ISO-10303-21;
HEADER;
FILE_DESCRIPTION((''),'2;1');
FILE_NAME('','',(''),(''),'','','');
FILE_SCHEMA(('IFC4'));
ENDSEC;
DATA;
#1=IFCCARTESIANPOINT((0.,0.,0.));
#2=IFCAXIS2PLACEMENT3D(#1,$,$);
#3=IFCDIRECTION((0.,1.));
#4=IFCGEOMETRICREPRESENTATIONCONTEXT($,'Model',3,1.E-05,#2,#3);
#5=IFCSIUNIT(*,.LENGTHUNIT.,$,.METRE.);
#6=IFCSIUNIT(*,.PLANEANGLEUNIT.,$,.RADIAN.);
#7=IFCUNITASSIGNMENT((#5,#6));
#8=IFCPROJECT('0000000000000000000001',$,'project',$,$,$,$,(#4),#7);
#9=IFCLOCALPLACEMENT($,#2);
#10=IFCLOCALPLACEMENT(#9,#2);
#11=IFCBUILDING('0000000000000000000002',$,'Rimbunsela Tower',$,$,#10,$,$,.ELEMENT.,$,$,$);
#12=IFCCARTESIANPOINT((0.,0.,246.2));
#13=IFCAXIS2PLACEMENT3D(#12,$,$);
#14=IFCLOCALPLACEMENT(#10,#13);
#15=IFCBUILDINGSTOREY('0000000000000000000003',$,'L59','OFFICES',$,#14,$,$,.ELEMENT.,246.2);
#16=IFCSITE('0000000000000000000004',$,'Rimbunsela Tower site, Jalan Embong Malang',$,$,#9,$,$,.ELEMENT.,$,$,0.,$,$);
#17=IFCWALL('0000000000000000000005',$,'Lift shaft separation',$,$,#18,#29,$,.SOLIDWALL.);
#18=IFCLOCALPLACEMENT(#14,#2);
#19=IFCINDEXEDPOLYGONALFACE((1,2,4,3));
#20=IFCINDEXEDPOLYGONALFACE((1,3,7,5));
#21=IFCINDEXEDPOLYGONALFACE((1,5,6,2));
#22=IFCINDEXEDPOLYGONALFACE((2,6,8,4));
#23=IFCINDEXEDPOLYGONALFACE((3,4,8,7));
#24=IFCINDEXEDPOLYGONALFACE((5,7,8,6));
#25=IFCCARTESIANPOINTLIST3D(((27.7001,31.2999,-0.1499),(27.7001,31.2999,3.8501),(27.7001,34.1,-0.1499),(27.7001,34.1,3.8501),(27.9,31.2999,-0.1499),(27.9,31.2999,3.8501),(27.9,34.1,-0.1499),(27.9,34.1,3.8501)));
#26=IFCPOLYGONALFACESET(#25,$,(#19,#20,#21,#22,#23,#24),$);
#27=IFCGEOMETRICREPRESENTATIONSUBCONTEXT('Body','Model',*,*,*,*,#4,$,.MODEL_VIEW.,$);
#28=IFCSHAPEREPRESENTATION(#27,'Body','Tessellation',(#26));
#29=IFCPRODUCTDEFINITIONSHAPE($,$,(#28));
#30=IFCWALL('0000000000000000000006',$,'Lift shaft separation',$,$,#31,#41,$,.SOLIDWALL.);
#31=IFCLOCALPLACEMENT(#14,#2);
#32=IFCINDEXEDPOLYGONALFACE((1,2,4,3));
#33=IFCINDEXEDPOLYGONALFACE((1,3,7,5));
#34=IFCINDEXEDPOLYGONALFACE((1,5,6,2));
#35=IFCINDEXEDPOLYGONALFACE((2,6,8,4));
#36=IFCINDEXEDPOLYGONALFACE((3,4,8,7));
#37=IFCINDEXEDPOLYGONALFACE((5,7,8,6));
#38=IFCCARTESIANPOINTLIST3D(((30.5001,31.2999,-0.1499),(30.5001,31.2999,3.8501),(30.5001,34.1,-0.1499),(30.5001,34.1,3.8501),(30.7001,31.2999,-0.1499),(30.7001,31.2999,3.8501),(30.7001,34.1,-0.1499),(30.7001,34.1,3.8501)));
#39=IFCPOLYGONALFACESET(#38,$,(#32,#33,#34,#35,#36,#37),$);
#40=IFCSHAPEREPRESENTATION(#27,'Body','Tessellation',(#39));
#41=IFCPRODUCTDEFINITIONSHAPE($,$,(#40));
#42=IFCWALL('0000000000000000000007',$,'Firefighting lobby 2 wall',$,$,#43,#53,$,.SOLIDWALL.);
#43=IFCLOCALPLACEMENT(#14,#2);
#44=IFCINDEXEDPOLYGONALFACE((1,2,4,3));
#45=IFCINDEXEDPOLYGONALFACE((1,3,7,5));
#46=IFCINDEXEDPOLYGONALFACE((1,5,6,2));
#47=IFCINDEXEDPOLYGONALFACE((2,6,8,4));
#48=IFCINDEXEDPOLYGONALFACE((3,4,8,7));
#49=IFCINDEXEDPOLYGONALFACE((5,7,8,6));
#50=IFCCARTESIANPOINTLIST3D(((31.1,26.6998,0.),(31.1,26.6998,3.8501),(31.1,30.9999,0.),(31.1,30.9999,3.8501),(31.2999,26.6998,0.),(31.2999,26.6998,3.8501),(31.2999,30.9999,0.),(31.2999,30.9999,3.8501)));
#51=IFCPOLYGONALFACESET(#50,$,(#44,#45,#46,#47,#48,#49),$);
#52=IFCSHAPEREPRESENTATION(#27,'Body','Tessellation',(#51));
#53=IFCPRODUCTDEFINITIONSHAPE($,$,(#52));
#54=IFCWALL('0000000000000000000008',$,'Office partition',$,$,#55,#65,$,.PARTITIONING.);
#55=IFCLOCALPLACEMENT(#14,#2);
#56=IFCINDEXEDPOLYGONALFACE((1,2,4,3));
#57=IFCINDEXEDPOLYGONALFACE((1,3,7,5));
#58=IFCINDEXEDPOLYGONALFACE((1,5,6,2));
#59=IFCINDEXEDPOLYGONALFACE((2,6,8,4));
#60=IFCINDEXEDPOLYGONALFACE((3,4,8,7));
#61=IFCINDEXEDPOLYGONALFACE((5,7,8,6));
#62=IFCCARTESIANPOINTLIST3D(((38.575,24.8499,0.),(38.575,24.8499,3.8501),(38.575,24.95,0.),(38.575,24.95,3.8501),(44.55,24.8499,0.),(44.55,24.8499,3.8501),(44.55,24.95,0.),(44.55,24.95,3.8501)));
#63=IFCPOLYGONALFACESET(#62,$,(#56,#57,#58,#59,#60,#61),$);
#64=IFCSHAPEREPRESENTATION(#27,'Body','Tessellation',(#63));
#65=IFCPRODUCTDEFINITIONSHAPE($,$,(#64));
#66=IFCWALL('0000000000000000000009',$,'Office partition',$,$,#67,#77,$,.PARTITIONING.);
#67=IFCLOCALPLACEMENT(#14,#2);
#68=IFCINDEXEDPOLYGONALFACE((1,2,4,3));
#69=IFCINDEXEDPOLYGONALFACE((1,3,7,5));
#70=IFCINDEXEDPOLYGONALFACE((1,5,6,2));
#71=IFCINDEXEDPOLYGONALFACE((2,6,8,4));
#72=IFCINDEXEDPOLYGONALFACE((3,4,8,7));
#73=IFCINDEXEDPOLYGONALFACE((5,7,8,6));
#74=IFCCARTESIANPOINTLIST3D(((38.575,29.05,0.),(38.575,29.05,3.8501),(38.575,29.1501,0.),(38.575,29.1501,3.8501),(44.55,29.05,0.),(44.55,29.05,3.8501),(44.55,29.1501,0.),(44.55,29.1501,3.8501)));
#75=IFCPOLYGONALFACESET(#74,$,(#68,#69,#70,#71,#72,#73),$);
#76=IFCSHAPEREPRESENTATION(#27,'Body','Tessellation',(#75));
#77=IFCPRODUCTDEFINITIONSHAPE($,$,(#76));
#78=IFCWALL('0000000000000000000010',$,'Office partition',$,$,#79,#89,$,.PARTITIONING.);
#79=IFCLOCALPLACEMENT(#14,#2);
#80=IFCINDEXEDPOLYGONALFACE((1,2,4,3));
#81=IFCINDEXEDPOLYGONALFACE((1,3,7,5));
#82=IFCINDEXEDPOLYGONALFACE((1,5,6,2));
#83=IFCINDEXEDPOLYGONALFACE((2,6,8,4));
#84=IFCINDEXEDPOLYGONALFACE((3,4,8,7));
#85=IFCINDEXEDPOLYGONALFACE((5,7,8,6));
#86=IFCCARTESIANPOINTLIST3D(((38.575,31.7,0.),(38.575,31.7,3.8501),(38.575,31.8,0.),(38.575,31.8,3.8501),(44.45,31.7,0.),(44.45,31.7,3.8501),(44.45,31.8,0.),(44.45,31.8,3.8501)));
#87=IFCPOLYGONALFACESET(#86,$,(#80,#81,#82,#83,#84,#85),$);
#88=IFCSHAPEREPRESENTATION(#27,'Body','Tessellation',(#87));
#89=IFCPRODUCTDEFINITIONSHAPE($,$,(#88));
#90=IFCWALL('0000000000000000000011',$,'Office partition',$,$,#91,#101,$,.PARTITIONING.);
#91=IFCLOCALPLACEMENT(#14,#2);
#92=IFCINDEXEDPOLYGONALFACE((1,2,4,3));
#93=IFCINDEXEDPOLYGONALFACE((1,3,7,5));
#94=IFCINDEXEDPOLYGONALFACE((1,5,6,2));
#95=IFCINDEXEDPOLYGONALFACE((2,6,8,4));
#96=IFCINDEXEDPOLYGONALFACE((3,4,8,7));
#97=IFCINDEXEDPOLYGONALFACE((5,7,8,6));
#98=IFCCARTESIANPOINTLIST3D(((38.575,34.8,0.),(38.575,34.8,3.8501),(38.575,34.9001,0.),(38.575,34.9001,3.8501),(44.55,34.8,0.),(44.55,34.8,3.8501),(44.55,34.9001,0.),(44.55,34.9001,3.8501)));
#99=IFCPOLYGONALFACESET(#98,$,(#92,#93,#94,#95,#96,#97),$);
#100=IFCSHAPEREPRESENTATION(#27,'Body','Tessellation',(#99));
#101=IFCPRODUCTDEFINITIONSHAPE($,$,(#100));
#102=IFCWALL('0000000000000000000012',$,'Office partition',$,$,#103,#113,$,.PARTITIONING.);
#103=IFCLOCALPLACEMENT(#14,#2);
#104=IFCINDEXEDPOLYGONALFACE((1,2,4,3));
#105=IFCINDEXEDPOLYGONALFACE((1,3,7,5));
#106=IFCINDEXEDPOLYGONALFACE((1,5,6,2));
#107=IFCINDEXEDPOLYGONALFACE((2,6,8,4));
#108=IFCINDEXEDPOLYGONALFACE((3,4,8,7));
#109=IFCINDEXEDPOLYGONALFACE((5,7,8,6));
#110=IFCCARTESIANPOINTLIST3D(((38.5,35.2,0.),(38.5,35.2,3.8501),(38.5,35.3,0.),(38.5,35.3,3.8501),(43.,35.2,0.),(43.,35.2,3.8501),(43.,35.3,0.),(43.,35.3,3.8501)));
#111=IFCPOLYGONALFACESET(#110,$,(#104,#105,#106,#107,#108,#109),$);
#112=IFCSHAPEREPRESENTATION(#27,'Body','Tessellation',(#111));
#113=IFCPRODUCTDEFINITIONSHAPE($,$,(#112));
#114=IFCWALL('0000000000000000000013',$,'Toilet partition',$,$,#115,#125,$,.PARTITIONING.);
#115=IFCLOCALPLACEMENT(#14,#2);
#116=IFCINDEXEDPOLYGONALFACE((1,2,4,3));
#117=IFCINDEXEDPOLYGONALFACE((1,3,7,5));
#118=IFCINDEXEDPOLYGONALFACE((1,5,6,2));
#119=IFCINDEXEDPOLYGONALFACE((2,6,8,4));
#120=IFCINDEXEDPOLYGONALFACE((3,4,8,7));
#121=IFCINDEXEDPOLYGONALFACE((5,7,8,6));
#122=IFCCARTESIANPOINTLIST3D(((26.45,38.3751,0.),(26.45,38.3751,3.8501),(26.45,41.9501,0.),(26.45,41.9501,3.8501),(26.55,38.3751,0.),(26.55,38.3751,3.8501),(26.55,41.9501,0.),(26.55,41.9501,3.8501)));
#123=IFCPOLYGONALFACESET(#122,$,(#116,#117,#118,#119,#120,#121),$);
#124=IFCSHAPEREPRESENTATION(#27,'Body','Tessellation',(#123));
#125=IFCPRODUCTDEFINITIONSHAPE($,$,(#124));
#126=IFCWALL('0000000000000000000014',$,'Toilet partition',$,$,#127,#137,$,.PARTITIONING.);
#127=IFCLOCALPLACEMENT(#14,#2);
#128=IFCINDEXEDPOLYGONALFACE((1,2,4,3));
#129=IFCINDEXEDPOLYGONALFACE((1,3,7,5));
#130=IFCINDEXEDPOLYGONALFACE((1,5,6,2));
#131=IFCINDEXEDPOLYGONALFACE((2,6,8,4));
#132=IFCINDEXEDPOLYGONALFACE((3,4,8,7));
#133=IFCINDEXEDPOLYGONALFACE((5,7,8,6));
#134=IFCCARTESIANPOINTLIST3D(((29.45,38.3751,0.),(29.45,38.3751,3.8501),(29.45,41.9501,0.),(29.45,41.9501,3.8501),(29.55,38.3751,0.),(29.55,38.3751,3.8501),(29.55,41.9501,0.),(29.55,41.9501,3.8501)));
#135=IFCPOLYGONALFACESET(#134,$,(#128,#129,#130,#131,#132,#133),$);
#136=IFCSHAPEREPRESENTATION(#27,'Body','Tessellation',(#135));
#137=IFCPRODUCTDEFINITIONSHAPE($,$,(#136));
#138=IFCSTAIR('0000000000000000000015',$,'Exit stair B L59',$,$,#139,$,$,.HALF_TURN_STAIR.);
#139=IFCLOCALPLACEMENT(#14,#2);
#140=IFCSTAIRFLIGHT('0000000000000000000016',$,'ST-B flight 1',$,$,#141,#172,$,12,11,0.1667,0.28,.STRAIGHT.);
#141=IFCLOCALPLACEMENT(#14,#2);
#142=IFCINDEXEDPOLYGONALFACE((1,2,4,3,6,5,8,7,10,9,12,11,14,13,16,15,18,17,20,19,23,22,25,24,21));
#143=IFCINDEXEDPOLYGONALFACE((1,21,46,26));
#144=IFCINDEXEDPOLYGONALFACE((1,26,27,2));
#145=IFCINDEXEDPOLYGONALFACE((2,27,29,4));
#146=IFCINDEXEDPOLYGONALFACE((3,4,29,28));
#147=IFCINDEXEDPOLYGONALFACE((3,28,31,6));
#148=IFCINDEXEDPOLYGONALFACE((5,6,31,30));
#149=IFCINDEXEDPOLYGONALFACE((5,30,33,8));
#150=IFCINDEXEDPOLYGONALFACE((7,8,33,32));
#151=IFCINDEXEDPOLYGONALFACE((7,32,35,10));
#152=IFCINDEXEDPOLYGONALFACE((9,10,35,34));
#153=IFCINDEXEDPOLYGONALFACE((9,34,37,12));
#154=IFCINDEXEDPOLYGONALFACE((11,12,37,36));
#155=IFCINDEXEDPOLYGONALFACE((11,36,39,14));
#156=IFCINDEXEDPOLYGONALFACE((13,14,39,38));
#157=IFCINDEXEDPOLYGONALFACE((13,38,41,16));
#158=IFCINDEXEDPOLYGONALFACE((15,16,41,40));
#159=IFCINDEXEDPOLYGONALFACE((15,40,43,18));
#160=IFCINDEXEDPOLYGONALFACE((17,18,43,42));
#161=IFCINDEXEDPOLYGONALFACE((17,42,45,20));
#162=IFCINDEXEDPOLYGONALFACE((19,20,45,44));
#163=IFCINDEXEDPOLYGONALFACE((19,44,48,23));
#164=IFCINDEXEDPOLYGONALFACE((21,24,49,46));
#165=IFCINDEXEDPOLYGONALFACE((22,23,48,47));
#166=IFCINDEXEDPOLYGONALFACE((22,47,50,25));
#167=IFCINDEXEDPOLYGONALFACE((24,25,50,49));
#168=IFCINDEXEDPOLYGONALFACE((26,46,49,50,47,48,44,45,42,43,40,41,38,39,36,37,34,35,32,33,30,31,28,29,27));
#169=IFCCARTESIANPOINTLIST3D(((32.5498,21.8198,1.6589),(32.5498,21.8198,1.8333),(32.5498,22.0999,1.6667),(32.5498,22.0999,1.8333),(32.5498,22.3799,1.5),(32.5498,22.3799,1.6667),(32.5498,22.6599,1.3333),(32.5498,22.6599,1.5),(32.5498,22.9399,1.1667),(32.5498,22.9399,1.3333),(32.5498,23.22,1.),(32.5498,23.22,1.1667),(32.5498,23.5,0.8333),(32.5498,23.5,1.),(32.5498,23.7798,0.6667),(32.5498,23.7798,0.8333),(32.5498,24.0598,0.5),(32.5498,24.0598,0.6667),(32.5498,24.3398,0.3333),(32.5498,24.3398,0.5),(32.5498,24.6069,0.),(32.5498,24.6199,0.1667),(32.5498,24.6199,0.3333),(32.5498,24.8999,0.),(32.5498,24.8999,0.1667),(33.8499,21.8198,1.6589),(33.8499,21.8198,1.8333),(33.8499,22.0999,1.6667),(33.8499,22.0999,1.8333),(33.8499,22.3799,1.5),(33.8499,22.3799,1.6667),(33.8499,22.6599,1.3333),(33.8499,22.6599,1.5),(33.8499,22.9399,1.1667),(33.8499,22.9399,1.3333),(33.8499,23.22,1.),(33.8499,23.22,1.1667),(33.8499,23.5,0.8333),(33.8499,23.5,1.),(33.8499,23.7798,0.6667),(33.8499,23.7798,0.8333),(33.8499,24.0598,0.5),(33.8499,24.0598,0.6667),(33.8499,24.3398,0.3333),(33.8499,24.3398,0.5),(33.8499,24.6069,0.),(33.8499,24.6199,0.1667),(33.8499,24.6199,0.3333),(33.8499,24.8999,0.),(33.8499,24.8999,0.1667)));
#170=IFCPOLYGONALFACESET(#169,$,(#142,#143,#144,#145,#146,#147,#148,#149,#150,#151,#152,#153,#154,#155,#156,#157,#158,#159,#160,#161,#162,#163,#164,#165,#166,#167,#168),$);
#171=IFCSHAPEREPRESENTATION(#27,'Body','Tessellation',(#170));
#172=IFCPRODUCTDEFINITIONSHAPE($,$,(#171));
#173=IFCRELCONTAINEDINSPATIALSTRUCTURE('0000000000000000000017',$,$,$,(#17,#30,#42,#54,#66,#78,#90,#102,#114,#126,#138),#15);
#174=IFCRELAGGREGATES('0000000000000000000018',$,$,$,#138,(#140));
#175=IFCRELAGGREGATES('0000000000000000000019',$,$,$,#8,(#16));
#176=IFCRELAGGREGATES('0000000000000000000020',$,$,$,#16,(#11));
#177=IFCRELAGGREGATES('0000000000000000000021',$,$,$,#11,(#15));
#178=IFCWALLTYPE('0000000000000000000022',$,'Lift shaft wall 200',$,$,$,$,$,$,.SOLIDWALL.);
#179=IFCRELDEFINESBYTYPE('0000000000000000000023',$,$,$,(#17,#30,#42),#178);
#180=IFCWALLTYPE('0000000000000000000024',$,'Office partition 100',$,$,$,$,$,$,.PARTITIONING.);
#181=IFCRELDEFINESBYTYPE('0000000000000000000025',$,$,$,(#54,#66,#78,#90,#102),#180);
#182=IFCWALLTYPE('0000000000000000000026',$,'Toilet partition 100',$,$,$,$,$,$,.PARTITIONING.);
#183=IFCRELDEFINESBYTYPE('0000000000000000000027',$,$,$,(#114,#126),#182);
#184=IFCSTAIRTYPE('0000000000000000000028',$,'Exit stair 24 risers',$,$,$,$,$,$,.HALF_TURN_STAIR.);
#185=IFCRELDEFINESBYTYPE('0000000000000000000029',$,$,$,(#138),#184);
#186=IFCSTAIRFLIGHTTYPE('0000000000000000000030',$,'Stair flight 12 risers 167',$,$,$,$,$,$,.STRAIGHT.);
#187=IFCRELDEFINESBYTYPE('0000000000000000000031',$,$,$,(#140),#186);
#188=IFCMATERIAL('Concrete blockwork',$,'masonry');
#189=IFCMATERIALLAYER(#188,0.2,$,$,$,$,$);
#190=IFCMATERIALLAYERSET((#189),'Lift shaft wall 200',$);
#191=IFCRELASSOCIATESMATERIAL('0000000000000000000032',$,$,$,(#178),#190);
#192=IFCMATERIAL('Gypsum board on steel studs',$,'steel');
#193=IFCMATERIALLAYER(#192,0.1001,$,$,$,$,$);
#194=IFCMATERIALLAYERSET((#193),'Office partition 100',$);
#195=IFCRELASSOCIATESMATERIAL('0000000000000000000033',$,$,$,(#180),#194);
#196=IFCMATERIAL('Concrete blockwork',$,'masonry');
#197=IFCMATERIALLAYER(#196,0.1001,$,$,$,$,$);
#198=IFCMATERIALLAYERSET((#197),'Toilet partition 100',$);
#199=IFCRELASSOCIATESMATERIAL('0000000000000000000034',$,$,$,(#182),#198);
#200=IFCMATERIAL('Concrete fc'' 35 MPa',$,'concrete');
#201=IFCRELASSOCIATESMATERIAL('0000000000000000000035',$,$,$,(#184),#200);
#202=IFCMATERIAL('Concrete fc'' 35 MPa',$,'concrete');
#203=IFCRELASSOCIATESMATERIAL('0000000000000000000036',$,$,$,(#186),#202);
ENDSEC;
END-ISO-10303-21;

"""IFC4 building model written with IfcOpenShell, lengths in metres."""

from ifc_helpers import new_model, si_unit, direction, frame, frame_2d, origin, place, context, subcontext, project, spatial, polyline, rectangle, outline, extrude, material, layer, layer_set, type_object, element, aggregate, save


model = new_model("IFC4")

# Units and contexts
model_context = context("Model", 3, precision=1e-05, world=origin(), true_north=direction((0.0, 1.0)))
body_context = subcontext(model_context, "Body", "Model", "MODEL_VIEW")
ifc_project = project(units=[si_unit("LENGTHUNIT", "METRE"), si_unit("PLANEANGLEUNIT", "RADIAN")], contexts=[model_context])

# Site, building, storey
site_placement = place(None, origin())
site = spatial("IfcSite", under=ifc_project, at=site_placement, Name="Rimbunsela Tower site, Jalan Embong Malang", CompositionType="ELEMENT", RefElevation=0.0)
building_placement = place(site_placement, origin())
building = spatial("IfcBuilding", under=site, at=building_placement, Name="Rimbunsela Tower", CompositionType="ELEMENT")
storey_placement = place(building_placement, frame((0.0, 0.0, 246.2)))
storey = spatial("IfcBuildingStorey", under=building, at=storey_placement, Name="L59", Description="OFFICES", CompositionType="ELEMENT", Elevation=246.2)

# Walls
ifc_material_1 = material(Name="Concrete blockwork", Category="masonry")
ifc_layer_1 = layer(ifc_material_1, 0.2)
ifc_layer_set_1 = layer_set([ifc_layer_1], Name="Lift shaft wall 200")
wall_type_1 = type_object("IfcWallType", Name="Lift shaft wall 200", PredefinedType="SOLIDWALL", material=ifc_layer_set_1)
for number, where, z_axis, x_axis, name in (
    (1, (27.8, 31.3, -0.1499), (0.0, 0.0, 1.0), (0.0, 1.0, 0.0), "Lift shaft separation"),
    (2, (30.6001, 31.3, -0.1499), (0.0, 0.0, 1.0), (0.0, 1.0, 0.0), "Lift shaft separation"),
):
    element("IfcWall", number, at=place(storey_placement, frame(where, z_axis=z_axis, x_axis=x_axis)), inside=storey, type_object=wall_type_1, Name=name, PredefinedType="SOLIDWALL", context=body_context, shape_type="SweptSolid", body=[
        extrude(rectangle(XDim=2.8, YDim=0.2, at=frame_2d((1.3999, 0.0))), origin(), (0.0, 0.0, 1.0), 4.0),
    ])
wall_1_placement = place(storey_placement, frame((31.2, 26.7, 0.0), z_axis=(0.0, 0.0, 1.0), x_axis=(0.0, 1.0, 0.0)))
element("IfcWall", 3, at=wall_1_placement, inside=storey, type_object=wall_type_1, Name="Firefighting lobby 2 wall", PredefinedType="SOLIDWALL", context=body_context, shape_type="SweptSolid", body=[
    extrude(rectangle(XDim=4.3, YDim=0.2, at=frame_2d((2.1499, 0.0))), origin(), (0.0, 0.0, 1.0), 3.8501),
])
ifc_material_2 = material(Name="Gypsum board on steel studs", Category="steel")
ifc_layer_2 = layer(ifc_material_2, 0.1001)
ifc_layer_set_2 = layer_set([ifc_layer_2], Name="Office partition 100")
wall_type_2 = type_object("IfcWallType", Name="Office partition 100", PredefinedType="PARTITIONING", material=ifc_layer_set_2)
for number, where, z_axis, x_axis, name in (
    (4, (38.575, 24.8999, 0.0), (0.0, 0.0, 1.0), (1.0, 0.0, 0.0), "Office partition"),
    (5, (38.575, 29.1001, 0.0), (0.0, 0.0, 1.0), (1.0, 0.0, 0.0), "Office partition"),
):
    element("IfcWall", number, at=place(storey_placement, frame(where, z_axis=z_axis, x_axis=x_axis)), inside=storey, type_object=wall_type_2, Name=name, PredefinedType="PARTITIONING", context=body_context, shape_type="SweptSolid", body=[
        extrude(rectangle(XDim=5.9751, YDim=0.1001, at=frame_2d((2.9875, 0.0))), origin(), (0.0, 0.0, 1.0), 3.8501),
    ])
wall_2_placement = place(storey_placement, frame((38.575, 31.75, 0.0), z_axis=(0.0, 0.0, 1.0), x_axis=(1.0, 0.0, 0.0)))
element("IfcWall", 6, at=wall_2_placement, inside=storey, type_object=wall_type_2, Name="Office partition", PredefinedType="PARTITIONING", context=body_context, shape_type="SweptSolid", body=[
    extrude(rectangle(XDim=5.875, YDim=0.1001, at=frame_2d((2.9375, 0.0))), origin(), (0.0, 0.0, 1.0), 3.8501),
])
wall_3_placement = place(storey_placement, frame((38.575, 34.8501, 0.0), z_axis=(0.0, 0.0, 1.0), x_axis=(1.0, 0.0, 0.0)))
element("IfcWall", 7, at=wall_3_placement, inside=storey, type_object=wall_type_2, Name="Office partition", PredefinedType="PARTITIONING", context=body_context, shape_type="SweptSolid", body=[
    extrude(rectangle(XDim=5.9751, YDim=0.1001, at=frame_2d((2.9875, 0.0))), origin(), (0.0, 0.0, 1.0), 3.8501),
])
wall_4_placement = place(storey_placement, frame((38.5, 35.25, 0.0), z_axis=(0.0, 0.0, 1.0), x_axis=(1.0, 0.0, 0.0)))
element("IfcWall", 8, at=wall_4_placement, inside=storey, type_object=wall_type_2, Name="Office partition", PredefinedType="PARTITIONING", context=body_context, shape_type="SweptSolid", body=[
    extrude(rectangle(XDim=4.5, YDim=0.1001, at=frame_2d((2.25, 0.0))), origin(), (0.0, 0.0, 1.0), 3.8501),
])
ifc_material_3 = material(Name="Concrete blockwork", Category="masonry")
ifc_layer_3 = layer(ifc_material_3, 0.1001)
ifc_layer_set_3 = layer_set([ifc_layer_3], Name="Toilet partition 100")
wall_type_3 = type_object("IfcWallType", Name="Toilet partition 100", PredefinedType="PARTITIONING", material=ifc_layer_set_3)
for number, where, z_axis, x_axis, name in (
    (9, (26.5, 38.375, 0.0), (0.0, 0.0, 1.0), (0.0, 1.0, 0.0), "Toilet partition"),
    (10, (29.5, 38.375, 0.0), (0.0, 0.0, 1.0), (0.0, 1.0, 0.0), "Toilet partition"),
):
    element("IfcWall", number, at=place(storey_placement, frame(where, z_axis=z_axis, x_axis=x_axis)), inside=storey, type_object=wall_type_3, Name=name, PredefinedType="PARTITIONING", context=body_context, shape_type="SweptSolid", body=[
        extrude(rectangle(XDim=3.575, YDim=0.1001, at=frame_2d((1.7876, 0.0))), origin(), (0.0, 0.0, 1.0), 3.8501),
    ])

# Stair, stair flight
ifc_material_4 = material(Name="Concrete fc' 35 MPa", Category="concrete")
stair_type = type_object("IfcStairType", Name="Exit stair 24 risers", PredefinedType="HALF_TURN_STAIR", material=ifc_material_4)
stair_placement = place(storey_placement, origin())
stair = element("IfcStair", 11, at=stair_placement, inside=storey, type_object=stair_type, Name="Exit stair B L59", PredefinedType="HALF_TURN_STAIR")
ifc_material_5 = material(Name="Concrete fc' 35 MPa", Category="concrete")
stair_flight_type = type_object("IfcStairFlightType", Name="Stair flight 12 risers 167", PredefinedType="STRAIGHT", material=ifc_material_5)
stair_flight_placement = place(storey_placement, frame((33.2, 24.8999, 0.0), z_axis=(0.0, 0.0, 1.0), x_axis=(0.0, -1.0, 0.0)))
stair_flight = element("IfcStairFlight", 12, at=stair_flight_placement, type_object=stair_flight_type, Name="ST-B flight 1", NumberOfRisers=12, NumberOfTreads=11, PredefinedType="STRAIGHT", RiserHeight=0.1667, TreadLength=0.28, context=body_context, shape_type="SweptSolid", body=[
    extrude(outline(polyline([(0.0, 0.0), (0.0, 0.1667), (0.28, 0.1667), (0.28, 0.3333), (0.5601, 0.3333), (0.5601, 0.5), (0.8401, 0.5), (0.8401, 0.6667), (1.1201, 0.6667), (1.1201, 0.8333), (1.3999, 0.8333), (1.3999, 1.0), (1.6799, 1.0), (1.6799, 1.1667), (1.96, 1.1667), (1.96, 1.3333), (2.24, 1.3333), (2.24, 1.5), (2.52, 1.5), (2.52, 1.6667), (2.8, 1.6667), (2.8, 1.8333), (3.0801, 1.8333), (3.0801, 2.0), (3.0801, 1.6589), (0.293, 0.0), (0.0, 0.0)])), frame((0.0, 0.6499, 0.0), z_axis=(0.0, -1.0, 0.0), x_axis=(1.0, 0.0, 0.0)), (0.0, 0.0, 1.0), 1.3),
])
aggregate(stair, [stair_flight])

save(model, "model.ifc")
